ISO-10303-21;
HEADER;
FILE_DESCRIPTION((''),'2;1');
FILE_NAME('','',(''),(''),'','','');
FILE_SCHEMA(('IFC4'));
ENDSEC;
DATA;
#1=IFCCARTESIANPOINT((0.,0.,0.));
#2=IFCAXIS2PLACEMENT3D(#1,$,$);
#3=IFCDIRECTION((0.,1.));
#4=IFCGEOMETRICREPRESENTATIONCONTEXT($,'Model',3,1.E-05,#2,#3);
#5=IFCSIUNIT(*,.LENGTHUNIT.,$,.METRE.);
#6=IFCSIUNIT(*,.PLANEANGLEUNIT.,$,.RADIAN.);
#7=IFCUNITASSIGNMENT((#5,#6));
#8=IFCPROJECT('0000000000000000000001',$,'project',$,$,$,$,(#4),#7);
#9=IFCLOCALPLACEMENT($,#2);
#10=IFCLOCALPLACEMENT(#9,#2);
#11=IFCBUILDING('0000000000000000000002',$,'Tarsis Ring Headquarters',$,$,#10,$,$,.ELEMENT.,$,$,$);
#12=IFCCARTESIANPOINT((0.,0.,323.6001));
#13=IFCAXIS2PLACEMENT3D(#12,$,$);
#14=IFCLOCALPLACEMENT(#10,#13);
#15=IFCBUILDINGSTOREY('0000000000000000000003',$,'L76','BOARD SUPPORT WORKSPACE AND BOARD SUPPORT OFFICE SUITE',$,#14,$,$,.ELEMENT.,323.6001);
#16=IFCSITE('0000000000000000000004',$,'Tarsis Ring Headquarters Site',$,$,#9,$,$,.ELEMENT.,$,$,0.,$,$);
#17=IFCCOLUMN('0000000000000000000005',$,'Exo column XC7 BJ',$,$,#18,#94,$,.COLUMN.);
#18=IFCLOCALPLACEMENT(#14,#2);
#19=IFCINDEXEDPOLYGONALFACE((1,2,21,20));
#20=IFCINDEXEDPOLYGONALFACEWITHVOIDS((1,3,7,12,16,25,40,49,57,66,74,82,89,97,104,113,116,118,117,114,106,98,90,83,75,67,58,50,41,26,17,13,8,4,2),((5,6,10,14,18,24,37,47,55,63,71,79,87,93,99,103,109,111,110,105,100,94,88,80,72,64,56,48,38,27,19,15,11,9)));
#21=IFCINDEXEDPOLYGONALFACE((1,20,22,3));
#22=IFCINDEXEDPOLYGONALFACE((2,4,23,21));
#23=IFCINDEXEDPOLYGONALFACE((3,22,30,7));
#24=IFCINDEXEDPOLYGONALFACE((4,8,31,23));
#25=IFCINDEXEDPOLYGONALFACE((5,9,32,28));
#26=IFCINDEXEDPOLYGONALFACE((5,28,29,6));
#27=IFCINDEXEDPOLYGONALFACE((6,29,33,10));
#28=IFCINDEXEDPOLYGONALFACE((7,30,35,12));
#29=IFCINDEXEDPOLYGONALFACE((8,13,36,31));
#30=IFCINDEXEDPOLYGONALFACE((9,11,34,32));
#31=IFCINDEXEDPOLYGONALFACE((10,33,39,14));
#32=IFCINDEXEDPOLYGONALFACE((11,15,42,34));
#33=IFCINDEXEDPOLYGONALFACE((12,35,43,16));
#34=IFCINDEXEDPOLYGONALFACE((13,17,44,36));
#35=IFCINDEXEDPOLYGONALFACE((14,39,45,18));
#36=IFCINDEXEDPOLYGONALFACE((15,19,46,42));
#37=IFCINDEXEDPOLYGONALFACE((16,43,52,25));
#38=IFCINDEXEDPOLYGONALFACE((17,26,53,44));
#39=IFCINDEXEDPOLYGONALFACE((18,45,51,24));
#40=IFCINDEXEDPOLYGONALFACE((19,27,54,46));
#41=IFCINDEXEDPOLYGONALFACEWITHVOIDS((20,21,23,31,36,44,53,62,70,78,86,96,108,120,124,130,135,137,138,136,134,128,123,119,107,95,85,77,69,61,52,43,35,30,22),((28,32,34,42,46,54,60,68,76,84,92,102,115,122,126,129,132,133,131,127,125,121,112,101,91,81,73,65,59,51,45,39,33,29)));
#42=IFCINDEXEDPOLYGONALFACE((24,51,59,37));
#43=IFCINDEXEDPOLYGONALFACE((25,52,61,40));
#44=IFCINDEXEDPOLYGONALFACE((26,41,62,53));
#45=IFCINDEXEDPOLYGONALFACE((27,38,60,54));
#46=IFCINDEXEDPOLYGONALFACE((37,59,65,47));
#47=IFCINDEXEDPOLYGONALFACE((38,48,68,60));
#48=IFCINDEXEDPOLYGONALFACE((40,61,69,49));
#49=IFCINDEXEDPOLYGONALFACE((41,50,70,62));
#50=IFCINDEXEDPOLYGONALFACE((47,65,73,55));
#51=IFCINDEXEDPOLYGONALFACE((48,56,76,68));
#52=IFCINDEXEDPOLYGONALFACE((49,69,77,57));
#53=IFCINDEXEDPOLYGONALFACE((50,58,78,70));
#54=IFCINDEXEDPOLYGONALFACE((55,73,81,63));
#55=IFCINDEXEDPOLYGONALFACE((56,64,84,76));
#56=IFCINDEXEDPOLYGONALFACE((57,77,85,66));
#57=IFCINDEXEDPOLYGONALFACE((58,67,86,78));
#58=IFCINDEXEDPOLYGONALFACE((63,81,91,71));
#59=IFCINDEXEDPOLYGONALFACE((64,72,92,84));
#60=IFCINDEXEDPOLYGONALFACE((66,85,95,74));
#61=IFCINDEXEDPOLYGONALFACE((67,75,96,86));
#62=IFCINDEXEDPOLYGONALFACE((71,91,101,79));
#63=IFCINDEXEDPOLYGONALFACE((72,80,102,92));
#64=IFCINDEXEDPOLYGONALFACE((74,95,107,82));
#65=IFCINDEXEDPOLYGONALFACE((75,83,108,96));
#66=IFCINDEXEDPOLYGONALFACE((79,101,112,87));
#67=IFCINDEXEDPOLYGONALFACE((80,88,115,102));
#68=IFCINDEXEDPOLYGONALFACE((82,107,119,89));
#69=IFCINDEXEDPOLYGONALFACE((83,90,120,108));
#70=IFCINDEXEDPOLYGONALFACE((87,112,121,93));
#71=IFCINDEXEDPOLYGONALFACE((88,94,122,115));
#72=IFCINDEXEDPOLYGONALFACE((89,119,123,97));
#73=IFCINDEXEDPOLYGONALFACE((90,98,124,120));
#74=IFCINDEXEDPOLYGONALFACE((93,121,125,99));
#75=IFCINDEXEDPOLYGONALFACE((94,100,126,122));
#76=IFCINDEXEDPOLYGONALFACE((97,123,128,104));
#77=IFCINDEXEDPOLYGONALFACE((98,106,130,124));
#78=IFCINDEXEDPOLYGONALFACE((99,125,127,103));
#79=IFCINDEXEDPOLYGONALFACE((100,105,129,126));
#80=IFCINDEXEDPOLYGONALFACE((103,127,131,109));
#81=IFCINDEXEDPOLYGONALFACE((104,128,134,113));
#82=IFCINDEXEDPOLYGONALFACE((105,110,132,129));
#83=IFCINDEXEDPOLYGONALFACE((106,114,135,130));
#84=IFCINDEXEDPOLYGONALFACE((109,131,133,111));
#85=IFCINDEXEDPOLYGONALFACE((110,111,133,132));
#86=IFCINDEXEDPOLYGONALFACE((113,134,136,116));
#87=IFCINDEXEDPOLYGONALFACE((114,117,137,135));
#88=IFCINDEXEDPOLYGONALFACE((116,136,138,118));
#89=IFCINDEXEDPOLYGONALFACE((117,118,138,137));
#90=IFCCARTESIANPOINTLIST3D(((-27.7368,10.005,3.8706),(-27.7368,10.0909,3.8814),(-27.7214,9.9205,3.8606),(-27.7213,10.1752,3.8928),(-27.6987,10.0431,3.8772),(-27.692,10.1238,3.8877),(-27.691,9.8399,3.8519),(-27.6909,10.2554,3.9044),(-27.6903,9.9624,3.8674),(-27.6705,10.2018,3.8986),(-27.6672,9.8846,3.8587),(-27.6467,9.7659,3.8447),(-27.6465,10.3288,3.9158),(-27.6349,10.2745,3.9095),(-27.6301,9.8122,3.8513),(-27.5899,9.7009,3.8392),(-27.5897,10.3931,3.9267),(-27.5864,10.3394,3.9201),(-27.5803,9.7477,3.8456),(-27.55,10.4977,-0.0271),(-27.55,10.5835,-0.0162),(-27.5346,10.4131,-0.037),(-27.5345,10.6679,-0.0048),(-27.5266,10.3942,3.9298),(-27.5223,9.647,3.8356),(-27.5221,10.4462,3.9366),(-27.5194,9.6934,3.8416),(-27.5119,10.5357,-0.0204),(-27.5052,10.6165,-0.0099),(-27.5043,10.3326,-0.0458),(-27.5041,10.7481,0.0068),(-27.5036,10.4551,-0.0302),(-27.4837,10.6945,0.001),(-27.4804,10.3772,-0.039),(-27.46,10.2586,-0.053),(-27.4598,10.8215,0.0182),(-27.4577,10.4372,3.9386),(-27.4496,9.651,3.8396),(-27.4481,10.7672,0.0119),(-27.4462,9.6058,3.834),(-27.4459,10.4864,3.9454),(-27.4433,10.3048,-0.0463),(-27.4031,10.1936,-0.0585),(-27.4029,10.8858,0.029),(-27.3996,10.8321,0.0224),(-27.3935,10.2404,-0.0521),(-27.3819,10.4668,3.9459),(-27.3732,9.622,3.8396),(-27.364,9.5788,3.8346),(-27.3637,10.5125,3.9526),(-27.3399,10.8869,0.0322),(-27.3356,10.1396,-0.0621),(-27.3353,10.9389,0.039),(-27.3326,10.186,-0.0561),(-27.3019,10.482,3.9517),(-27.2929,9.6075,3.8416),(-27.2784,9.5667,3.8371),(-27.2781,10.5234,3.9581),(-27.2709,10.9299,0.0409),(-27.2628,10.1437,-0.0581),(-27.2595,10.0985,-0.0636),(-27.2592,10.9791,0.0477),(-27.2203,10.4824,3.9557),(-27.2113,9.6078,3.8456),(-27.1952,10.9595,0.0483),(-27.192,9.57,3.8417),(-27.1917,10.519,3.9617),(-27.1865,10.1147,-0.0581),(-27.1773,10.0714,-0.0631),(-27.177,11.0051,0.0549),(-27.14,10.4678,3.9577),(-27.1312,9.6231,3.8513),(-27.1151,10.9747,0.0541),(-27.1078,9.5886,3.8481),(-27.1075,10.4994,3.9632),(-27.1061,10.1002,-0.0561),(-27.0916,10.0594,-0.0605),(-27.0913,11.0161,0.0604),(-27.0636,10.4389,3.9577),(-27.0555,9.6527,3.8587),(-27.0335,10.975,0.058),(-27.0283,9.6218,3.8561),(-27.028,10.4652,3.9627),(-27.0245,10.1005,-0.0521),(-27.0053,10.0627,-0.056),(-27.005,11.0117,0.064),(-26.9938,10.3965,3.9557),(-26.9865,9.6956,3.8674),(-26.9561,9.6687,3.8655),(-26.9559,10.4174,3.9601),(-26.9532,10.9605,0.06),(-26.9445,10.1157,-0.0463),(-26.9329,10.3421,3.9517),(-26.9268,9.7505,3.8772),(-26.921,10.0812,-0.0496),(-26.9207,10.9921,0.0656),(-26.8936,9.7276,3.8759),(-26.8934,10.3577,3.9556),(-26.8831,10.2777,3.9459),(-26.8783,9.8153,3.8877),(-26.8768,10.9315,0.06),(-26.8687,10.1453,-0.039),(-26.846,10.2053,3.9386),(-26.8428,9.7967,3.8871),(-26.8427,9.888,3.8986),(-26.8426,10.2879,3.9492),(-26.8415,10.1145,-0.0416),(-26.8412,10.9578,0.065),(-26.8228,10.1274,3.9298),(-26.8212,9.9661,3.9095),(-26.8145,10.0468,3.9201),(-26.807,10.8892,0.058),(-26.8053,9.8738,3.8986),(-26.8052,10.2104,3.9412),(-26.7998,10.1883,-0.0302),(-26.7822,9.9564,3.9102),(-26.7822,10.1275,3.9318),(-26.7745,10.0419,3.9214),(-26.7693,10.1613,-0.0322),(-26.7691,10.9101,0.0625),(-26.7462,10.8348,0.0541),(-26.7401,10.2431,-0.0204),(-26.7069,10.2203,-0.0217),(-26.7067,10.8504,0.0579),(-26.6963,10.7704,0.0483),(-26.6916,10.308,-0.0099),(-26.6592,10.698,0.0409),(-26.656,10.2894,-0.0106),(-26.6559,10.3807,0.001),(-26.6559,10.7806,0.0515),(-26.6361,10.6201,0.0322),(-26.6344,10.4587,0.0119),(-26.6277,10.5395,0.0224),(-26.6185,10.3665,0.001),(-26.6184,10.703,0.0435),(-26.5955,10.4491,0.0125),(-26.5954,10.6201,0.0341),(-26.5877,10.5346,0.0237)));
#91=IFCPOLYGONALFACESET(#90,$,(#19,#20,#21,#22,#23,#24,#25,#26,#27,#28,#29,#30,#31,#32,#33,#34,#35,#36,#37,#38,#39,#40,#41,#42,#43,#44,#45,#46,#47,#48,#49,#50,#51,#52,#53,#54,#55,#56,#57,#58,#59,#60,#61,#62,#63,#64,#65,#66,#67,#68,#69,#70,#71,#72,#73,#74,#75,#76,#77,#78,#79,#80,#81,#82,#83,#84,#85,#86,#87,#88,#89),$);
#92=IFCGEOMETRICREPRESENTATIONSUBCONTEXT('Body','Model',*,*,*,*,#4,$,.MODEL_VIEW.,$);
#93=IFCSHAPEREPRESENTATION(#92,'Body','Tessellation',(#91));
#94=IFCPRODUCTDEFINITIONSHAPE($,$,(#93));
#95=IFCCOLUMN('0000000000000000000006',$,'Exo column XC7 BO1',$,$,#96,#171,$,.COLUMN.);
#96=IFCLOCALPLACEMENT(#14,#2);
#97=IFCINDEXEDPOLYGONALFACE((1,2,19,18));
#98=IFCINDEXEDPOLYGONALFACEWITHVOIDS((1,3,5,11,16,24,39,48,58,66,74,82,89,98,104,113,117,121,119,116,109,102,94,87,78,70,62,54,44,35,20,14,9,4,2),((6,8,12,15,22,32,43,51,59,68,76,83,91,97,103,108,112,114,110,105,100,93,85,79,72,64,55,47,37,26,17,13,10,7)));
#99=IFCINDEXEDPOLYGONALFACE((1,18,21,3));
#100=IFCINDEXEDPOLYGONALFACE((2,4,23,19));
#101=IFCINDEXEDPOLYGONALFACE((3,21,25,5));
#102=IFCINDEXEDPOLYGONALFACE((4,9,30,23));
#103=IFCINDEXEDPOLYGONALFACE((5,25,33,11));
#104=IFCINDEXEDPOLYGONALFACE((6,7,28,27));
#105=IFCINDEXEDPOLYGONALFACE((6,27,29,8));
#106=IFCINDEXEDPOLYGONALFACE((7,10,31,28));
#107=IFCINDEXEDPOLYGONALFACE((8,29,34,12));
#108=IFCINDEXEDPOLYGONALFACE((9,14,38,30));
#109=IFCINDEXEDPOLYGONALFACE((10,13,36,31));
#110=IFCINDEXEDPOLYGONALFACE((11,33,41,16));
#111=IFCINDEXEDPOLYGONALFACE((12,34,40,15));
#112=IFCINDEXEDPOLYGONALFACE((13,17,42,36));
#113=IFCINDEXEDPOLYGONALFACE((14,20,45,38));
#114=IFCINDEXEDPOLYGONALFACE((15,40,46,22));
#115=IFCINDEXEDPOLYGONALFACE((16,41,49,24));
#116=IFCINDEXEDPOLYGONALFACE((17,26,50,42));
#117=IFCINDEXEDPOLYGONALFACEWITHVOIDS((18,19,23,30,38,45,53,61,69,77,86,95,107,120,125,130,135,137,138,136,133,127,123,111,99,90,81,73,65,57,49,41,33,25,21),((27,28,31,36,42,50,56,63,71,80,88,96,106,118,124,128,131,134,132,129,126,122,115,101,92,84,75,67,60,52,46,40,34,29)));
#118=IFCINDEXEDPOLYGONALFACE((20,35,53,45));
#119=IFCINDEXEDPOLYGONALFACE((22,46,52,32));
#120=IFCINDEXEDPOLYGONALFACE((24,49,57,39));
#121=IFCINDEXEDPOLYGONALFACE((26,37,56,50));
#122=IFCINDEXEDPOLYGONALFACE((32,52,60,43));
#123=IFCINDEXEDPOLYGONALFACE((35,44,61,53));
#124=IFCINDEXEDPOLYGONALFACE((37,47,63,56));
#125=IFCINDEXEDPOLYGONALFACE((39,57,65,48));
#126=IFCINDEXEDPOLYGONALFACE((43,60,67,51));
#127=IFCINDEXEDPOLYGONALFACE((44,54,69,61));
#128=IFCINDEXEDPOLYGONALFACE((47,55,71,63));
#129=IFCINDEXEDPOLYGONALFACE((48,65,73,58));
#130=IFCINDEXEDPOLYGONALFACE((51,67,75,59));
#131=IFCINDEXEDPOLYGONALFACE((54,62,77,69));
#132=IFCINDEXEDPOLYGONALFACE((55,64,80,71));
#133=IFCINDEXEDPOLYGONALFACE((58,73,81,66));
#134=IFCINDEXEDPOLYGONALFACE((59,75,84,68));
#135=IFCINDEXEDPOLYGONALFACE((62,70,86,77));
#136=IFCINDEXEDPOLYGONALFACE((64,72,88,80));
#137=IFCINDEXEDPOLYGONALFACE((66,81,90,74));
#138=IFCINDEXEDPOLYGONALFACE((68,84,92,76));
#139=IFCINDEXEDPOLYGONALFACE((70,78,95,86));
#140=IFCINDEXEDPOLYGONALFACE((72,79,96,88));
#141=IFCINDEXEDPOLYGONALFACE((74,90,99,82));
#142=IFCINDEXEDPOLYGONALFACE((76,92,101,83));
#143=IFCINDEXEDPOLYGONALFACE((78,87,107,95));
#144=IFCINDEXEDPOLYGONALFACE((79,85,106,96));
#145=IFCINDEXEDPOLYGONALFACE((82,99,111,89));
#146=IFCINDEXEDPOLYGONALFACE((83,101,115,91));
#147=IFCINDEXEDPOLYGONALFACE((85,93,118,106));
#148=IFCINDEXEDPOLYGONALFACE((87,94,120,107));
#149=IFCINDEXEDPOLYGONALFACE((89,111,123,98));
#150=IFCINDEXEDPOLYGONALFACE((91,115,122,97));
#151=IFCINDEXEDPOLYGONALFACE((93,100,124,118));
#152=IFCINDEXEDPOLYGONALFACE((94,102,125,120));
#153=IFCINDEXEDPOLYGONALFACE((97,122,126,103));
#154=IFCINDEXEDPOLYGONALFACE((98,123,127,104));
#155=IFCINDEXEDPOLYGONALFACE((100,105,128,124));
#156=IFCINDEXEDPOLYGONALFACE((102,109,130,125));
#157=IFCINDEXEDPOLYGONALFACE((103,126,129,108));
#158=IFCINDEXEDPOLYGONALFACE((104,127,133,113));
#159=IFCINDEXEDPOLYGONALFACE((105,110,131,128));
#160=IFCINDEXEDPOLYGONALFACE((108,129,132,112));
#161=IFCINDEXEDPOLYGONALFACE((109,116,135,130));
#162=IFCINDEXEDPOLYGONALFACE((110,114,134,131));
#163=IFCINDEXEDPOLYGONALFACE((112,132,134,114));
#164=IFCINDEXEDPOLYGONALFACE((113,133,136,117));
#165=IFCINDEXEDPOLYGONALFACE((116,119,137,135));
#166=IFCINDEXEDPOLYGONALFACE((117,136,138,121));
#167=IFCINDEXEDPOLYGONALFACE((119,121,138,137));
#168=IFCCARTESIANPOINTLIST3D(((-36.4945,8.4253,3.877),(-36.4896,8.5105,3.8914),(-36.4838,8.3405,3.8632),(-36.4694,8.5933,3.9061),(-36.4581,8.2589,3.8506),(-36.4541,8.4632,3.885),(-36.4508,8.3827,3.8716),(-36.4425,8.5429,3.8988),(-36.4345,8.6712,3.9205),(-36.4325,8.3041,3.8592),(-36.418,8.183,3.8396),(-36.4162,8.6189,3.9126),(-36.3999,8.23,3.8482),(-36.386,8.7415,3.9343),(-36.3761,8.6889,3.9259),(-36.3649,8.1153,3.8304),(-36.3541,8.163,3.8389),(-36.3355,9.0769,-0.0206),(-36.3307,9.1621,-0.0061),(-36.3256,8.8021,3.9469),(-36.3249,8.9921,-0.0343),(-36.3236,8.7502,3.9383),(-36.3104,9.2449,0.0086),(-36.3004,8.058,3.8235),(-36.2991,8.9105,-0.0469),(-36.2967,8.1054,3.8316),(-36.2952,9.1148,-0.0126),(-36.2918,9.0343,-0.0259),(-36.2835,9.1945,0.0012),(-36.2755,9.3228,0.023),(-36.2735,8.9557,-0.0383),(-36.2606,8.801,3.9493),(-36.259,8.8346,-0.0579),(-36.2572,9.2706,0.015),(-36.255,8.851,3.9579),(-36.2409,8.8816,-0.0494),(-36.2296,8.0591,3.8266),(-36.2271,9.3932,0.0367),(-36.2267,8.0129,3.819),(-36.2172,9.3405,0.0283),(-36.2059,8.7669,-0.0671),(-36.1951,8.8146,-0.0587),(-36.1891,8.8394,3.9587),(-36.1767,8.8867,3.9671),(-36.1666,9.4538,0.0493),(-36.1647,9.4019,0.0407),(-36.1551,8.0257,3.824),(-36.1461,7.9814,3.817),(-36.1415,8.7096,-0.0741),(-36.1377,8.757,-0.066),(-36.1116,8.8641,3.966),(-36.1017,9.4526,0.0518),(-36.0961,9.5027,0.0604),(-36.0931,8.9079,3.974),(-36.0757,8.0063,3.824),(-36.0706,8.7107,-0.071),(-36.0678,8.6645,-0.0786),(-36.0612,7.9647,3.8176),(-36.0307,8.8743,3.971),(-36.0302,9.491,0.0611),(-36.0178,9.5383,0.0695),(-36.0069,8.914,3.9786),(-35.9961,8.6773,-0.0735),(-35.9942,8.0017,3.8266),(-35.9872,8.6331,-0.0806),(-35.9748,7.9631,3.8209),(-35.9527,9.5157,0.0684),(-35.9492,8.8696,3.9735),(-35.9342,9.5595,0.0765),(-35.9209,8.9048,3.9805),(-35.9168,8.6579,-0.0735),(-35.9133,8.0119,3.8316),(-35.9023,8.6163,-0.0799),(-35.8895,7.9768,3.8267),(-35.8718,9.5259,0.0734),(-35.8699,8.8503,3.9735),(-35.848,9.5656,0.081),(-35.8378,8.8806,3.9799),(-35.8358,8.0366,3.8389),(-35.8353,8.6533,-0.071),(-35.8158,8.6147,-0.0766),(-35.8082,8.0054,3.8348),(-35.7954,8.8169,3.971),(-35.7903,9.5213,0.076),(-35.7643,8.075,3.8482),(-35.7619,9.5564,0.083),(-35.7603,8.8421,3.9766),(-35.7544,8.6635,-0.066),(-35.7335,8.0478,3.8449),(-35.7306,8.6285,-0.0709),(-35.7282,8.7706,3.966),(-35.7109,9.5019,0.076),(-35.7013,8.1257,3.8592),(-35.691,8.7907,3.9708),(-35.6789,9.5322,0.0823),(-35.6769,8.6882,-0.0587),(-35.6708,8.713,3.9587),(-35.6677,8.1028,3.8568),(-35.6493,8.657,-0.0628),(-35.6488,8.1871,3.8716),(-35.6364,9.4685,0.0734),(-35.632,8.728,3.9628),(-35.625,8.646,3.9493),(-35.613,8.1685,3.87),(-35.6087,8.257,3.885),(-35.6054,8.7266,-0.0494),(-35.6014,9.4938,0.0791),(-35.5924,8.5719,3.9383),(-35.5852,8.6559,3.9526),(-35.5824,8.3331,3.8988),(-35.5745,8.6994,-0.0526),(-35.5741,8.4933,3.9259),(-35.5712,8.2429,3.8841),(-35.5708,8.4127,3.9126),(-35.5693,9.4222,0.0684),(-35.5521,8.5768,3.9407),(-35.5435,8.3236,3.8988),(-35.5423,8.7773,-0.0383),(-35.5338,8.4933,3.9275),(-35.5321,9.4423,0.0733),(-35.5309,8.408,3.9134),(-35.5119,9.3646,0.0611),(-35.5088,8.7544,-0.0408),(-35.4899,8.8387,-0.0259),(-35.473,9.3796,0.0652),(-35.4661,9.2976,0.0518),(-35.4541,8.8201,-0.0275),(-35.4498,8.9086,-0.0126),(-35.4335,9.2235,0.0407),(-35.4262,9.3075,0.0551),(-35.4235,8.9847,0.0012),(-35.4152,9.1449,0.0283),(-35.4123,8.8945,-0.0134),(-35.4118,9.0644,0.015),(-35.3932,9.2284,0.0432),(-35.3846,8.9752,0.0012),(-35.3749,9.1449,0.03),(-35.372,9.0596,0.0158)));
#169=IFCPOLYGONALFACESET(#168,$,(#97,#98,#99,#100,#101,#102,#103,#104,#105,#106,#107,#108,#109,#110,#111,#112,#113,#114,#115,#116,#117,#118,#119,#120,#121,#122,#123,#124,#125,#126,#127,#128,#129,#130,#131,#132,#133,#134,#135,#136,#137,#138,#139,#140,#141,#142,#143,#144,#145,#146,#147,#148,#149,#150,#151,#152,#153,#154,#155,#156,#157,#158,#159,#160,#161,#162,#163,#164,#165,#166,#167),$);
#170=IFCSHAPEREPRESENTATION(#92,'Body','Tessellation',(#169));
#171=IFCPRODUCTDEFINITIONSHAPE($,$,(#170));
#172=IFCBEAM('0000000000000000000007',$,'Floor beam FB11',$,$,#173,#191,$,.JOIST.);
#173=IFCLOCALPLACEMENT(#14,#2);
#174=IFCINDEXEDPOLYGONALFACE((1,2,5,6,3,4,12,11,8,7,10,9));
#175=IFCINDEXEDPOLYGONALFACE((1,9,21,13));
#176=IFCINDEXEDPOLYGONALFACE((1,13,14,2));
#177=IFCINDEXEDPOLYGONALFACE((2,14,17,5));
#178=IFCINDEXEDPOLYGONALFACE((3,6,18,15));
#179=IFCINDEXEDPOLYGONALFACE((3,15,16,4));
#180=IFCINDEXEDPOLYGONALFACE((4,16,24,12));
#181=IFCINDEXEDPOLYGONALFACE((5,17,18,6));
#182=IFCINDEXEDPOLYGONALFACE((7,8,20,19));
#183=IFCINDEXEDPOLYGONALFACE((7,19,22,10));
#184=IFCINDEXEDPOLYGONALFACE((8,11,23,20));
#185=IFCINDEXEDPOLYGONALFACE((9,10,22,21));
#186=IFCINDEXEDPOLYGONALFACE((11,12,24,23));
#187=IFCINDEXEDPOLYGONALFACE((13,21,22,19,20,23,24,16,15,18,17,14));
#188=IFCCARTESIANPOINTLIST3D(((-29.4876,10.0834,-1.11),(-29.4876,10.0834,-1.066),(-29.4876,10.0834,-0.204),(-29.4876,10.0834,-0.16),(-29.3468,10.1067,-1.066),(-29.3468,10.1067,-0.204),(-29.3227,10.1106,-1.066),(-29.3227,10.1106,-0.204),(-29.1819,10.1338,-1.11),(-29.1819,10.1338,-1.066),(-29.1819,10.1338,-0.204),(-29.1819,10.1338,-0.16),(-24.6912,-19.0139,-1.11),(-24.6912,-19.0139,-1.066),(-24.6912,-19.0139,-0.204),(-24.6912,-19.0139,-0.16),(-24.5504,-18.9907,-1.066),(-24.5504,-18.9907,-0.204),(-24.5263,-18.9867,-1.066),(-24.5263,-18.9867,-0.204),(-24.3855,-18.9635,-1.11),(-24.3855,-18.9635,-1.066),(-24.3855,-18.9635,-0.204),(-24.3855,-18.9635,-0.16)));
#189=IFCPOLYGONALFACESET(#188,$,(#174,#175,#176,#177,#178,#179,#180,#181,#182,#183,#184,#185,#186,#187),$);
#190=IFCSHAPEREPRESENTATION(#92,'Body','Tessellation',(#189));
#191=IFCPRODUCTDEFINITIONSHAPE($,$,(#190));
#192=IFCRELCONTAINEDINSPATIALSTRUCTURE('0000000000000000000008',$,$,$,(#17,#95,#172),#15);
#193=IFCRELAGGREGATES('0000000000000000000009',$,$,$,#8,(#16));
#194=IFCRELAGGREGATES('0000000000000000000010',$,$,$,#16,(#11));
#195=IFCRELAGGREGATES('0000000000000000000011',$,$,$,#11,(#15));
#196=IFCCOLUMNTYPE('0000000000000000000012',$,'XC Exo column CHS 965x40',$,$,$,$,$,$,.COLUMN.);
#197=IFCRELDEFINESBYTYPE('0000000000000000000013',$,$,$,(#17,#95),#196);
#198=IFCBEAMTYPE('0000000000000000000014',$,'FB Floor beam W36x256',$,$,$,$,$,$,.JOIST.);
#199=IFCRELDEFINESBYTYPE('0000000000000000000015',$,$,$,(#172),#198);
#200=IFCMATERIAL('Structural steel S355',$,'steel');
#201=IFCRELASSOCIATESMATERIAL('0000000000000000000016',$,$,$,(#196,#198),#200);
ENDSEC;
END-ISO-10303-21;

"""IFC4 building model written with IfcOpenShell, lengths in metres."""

from ifc_helpers import new_model, si_unit, direction, frame, origin, origin_2d, place, context, subcontext, project, spatial, hollow_circle, i_section, extrude, material, material_profile, profile_set, type_object, element, save


model = new_model("IFC4")

# Units and contexts
model_context = context("Model", 3, precision=1e-05, world=origin(), true_north=direction((0.0, 1.0)))
body_context = subcontext(model_context, "Body", "Model", "MODEL_VIEW")
ifc_project = project(units=[si_unit("LENGTHUNIT", "METRE"), si_unit("PLANEANGLEUNIT", "RADIAN")], contexts=[model_context])

# Site, building, storey
site_placement = place(None, origin())
site = spatial("IfcSite", under=ifc_project, at=site_placement, Name="Tarsis Ring Headquarters Site", CompositionType="ELEMENT", RefElevation=0.0)
building_placement = place(site_placement, origin())
building = spatial("IfcBuilding", under=site, at=building_placement, Name="Tarsis Ring Headquarters", CompositionType="ELEMENT")
storey_placement = place(building_placement, frame((0.0, 0.0, 323.6001)))
storey = spatial("IfcBuildingStorey", under=building, at=storey_placement, Name="L76", Description="BOARD SUPPORT WORKSPACE AND BOARD SUPPORT OFFICE SUITE", CompositionType="ELEMENT", Elevation=323.6001)

# Columns
ifc_material_1 = material(Name="Structural steel S355", Category="steel")
ifc_material_profile_1 = material_profile(ifc_material_1, hollow_circle(Radius=0.4827, WallThickness=0.04, at=origin_2d()), Name="CHS 965x40")
ifc_profile_set_1 = profile_set([ifc_material_profile_1], Name="Structural steel S355")
column_type = type_object("IfcColumnType", Name="XC Exo column CHS 965x40", PredefinedType="COLUMN", material=ifc_profile_set_1)
column_1_placement = place(storey_placement, frame((-27.0698, 10.5376, 0.001), z_axis=(-0.047485, -0.125262, 0.990987), x_axis=(0.935066, -0.354473, 0.0)))
element("IfcColumn", 1, at=column_1_placement, inside=storey, type_object=column_type, Name="Exo column XC7 BJ", PredefinedType="COLUMN", context=body_context, shape_type="SweptSolid", body=[
    extrude(hollow_circle(Radius=0.4827, WallThickness=0.04, at=origin_2d()), origin(), (0.0, 0.0, 1.0), 3.9331),
])
column_2_placement = place(storey_placement, frame((-35.8535, 9.0896, 0.0012), z_axis=(-0.040189, -0.164767, 0.985513), x_axis=(0.971518, -0.236965, 0.0)))
element("IfcColumn", 2, at=column_2_placement, inside=storey, type_object=column_type, Name="Exo column XC7 BO1", PredefinedType="COLUMN", context=body_context, shape_type="SweptSolid", body=[
    extrude(hollow_circle(Radius=0.4827, WallThickness=0.04, at=origin_2d()), origin(), (0.0, 0.0, 1.0), 3.9548),
])

# Beam
ifc_material_profile_2 = material_profile(ifc_material_1, i_section(OverallWidth=0.3098, OverallDepth=0.95, WebThickness=0.0244, FlangeThickness=0.0439, at=origin_2d()), Name="W36x256")
ifc_profile_set_2 = profile_set([ifc_material_profile_2], Name="Structural steel S355")
beam_type_1 = type_object("IfcBeamType", Name="FB Floor beam W36x256", PredefinedType="JOIST", material=ifc_profile_set_2)
for number, where, z_axis, x_axis, name in (
    (3, (-29.3347, 10.1086, -0.635), (0.162644, -0.986685, 0.0), (0.986685, 0.162644, 0.0), "Floor beam FB11"),
):
    element("IfcBeam", number, at=place(storey_placement, frame(where, z_axis=z_axis, x_axis=x_axis)), inside=storey, type_object=beam_type_1, Name=name, PredefinedType="JOIST", context=body_context, shape_type="SweptSolid", body=[
        extrude(i_section(OverallWidth=0.3098, OverallDepth=0.95, WebThickness=0.0244, FlangeThickness=0.0439, at=origin_2d()), origin(), (0.0, 0.0, 1.0), 29.49),
    ])

save(model, "model.ifc")
